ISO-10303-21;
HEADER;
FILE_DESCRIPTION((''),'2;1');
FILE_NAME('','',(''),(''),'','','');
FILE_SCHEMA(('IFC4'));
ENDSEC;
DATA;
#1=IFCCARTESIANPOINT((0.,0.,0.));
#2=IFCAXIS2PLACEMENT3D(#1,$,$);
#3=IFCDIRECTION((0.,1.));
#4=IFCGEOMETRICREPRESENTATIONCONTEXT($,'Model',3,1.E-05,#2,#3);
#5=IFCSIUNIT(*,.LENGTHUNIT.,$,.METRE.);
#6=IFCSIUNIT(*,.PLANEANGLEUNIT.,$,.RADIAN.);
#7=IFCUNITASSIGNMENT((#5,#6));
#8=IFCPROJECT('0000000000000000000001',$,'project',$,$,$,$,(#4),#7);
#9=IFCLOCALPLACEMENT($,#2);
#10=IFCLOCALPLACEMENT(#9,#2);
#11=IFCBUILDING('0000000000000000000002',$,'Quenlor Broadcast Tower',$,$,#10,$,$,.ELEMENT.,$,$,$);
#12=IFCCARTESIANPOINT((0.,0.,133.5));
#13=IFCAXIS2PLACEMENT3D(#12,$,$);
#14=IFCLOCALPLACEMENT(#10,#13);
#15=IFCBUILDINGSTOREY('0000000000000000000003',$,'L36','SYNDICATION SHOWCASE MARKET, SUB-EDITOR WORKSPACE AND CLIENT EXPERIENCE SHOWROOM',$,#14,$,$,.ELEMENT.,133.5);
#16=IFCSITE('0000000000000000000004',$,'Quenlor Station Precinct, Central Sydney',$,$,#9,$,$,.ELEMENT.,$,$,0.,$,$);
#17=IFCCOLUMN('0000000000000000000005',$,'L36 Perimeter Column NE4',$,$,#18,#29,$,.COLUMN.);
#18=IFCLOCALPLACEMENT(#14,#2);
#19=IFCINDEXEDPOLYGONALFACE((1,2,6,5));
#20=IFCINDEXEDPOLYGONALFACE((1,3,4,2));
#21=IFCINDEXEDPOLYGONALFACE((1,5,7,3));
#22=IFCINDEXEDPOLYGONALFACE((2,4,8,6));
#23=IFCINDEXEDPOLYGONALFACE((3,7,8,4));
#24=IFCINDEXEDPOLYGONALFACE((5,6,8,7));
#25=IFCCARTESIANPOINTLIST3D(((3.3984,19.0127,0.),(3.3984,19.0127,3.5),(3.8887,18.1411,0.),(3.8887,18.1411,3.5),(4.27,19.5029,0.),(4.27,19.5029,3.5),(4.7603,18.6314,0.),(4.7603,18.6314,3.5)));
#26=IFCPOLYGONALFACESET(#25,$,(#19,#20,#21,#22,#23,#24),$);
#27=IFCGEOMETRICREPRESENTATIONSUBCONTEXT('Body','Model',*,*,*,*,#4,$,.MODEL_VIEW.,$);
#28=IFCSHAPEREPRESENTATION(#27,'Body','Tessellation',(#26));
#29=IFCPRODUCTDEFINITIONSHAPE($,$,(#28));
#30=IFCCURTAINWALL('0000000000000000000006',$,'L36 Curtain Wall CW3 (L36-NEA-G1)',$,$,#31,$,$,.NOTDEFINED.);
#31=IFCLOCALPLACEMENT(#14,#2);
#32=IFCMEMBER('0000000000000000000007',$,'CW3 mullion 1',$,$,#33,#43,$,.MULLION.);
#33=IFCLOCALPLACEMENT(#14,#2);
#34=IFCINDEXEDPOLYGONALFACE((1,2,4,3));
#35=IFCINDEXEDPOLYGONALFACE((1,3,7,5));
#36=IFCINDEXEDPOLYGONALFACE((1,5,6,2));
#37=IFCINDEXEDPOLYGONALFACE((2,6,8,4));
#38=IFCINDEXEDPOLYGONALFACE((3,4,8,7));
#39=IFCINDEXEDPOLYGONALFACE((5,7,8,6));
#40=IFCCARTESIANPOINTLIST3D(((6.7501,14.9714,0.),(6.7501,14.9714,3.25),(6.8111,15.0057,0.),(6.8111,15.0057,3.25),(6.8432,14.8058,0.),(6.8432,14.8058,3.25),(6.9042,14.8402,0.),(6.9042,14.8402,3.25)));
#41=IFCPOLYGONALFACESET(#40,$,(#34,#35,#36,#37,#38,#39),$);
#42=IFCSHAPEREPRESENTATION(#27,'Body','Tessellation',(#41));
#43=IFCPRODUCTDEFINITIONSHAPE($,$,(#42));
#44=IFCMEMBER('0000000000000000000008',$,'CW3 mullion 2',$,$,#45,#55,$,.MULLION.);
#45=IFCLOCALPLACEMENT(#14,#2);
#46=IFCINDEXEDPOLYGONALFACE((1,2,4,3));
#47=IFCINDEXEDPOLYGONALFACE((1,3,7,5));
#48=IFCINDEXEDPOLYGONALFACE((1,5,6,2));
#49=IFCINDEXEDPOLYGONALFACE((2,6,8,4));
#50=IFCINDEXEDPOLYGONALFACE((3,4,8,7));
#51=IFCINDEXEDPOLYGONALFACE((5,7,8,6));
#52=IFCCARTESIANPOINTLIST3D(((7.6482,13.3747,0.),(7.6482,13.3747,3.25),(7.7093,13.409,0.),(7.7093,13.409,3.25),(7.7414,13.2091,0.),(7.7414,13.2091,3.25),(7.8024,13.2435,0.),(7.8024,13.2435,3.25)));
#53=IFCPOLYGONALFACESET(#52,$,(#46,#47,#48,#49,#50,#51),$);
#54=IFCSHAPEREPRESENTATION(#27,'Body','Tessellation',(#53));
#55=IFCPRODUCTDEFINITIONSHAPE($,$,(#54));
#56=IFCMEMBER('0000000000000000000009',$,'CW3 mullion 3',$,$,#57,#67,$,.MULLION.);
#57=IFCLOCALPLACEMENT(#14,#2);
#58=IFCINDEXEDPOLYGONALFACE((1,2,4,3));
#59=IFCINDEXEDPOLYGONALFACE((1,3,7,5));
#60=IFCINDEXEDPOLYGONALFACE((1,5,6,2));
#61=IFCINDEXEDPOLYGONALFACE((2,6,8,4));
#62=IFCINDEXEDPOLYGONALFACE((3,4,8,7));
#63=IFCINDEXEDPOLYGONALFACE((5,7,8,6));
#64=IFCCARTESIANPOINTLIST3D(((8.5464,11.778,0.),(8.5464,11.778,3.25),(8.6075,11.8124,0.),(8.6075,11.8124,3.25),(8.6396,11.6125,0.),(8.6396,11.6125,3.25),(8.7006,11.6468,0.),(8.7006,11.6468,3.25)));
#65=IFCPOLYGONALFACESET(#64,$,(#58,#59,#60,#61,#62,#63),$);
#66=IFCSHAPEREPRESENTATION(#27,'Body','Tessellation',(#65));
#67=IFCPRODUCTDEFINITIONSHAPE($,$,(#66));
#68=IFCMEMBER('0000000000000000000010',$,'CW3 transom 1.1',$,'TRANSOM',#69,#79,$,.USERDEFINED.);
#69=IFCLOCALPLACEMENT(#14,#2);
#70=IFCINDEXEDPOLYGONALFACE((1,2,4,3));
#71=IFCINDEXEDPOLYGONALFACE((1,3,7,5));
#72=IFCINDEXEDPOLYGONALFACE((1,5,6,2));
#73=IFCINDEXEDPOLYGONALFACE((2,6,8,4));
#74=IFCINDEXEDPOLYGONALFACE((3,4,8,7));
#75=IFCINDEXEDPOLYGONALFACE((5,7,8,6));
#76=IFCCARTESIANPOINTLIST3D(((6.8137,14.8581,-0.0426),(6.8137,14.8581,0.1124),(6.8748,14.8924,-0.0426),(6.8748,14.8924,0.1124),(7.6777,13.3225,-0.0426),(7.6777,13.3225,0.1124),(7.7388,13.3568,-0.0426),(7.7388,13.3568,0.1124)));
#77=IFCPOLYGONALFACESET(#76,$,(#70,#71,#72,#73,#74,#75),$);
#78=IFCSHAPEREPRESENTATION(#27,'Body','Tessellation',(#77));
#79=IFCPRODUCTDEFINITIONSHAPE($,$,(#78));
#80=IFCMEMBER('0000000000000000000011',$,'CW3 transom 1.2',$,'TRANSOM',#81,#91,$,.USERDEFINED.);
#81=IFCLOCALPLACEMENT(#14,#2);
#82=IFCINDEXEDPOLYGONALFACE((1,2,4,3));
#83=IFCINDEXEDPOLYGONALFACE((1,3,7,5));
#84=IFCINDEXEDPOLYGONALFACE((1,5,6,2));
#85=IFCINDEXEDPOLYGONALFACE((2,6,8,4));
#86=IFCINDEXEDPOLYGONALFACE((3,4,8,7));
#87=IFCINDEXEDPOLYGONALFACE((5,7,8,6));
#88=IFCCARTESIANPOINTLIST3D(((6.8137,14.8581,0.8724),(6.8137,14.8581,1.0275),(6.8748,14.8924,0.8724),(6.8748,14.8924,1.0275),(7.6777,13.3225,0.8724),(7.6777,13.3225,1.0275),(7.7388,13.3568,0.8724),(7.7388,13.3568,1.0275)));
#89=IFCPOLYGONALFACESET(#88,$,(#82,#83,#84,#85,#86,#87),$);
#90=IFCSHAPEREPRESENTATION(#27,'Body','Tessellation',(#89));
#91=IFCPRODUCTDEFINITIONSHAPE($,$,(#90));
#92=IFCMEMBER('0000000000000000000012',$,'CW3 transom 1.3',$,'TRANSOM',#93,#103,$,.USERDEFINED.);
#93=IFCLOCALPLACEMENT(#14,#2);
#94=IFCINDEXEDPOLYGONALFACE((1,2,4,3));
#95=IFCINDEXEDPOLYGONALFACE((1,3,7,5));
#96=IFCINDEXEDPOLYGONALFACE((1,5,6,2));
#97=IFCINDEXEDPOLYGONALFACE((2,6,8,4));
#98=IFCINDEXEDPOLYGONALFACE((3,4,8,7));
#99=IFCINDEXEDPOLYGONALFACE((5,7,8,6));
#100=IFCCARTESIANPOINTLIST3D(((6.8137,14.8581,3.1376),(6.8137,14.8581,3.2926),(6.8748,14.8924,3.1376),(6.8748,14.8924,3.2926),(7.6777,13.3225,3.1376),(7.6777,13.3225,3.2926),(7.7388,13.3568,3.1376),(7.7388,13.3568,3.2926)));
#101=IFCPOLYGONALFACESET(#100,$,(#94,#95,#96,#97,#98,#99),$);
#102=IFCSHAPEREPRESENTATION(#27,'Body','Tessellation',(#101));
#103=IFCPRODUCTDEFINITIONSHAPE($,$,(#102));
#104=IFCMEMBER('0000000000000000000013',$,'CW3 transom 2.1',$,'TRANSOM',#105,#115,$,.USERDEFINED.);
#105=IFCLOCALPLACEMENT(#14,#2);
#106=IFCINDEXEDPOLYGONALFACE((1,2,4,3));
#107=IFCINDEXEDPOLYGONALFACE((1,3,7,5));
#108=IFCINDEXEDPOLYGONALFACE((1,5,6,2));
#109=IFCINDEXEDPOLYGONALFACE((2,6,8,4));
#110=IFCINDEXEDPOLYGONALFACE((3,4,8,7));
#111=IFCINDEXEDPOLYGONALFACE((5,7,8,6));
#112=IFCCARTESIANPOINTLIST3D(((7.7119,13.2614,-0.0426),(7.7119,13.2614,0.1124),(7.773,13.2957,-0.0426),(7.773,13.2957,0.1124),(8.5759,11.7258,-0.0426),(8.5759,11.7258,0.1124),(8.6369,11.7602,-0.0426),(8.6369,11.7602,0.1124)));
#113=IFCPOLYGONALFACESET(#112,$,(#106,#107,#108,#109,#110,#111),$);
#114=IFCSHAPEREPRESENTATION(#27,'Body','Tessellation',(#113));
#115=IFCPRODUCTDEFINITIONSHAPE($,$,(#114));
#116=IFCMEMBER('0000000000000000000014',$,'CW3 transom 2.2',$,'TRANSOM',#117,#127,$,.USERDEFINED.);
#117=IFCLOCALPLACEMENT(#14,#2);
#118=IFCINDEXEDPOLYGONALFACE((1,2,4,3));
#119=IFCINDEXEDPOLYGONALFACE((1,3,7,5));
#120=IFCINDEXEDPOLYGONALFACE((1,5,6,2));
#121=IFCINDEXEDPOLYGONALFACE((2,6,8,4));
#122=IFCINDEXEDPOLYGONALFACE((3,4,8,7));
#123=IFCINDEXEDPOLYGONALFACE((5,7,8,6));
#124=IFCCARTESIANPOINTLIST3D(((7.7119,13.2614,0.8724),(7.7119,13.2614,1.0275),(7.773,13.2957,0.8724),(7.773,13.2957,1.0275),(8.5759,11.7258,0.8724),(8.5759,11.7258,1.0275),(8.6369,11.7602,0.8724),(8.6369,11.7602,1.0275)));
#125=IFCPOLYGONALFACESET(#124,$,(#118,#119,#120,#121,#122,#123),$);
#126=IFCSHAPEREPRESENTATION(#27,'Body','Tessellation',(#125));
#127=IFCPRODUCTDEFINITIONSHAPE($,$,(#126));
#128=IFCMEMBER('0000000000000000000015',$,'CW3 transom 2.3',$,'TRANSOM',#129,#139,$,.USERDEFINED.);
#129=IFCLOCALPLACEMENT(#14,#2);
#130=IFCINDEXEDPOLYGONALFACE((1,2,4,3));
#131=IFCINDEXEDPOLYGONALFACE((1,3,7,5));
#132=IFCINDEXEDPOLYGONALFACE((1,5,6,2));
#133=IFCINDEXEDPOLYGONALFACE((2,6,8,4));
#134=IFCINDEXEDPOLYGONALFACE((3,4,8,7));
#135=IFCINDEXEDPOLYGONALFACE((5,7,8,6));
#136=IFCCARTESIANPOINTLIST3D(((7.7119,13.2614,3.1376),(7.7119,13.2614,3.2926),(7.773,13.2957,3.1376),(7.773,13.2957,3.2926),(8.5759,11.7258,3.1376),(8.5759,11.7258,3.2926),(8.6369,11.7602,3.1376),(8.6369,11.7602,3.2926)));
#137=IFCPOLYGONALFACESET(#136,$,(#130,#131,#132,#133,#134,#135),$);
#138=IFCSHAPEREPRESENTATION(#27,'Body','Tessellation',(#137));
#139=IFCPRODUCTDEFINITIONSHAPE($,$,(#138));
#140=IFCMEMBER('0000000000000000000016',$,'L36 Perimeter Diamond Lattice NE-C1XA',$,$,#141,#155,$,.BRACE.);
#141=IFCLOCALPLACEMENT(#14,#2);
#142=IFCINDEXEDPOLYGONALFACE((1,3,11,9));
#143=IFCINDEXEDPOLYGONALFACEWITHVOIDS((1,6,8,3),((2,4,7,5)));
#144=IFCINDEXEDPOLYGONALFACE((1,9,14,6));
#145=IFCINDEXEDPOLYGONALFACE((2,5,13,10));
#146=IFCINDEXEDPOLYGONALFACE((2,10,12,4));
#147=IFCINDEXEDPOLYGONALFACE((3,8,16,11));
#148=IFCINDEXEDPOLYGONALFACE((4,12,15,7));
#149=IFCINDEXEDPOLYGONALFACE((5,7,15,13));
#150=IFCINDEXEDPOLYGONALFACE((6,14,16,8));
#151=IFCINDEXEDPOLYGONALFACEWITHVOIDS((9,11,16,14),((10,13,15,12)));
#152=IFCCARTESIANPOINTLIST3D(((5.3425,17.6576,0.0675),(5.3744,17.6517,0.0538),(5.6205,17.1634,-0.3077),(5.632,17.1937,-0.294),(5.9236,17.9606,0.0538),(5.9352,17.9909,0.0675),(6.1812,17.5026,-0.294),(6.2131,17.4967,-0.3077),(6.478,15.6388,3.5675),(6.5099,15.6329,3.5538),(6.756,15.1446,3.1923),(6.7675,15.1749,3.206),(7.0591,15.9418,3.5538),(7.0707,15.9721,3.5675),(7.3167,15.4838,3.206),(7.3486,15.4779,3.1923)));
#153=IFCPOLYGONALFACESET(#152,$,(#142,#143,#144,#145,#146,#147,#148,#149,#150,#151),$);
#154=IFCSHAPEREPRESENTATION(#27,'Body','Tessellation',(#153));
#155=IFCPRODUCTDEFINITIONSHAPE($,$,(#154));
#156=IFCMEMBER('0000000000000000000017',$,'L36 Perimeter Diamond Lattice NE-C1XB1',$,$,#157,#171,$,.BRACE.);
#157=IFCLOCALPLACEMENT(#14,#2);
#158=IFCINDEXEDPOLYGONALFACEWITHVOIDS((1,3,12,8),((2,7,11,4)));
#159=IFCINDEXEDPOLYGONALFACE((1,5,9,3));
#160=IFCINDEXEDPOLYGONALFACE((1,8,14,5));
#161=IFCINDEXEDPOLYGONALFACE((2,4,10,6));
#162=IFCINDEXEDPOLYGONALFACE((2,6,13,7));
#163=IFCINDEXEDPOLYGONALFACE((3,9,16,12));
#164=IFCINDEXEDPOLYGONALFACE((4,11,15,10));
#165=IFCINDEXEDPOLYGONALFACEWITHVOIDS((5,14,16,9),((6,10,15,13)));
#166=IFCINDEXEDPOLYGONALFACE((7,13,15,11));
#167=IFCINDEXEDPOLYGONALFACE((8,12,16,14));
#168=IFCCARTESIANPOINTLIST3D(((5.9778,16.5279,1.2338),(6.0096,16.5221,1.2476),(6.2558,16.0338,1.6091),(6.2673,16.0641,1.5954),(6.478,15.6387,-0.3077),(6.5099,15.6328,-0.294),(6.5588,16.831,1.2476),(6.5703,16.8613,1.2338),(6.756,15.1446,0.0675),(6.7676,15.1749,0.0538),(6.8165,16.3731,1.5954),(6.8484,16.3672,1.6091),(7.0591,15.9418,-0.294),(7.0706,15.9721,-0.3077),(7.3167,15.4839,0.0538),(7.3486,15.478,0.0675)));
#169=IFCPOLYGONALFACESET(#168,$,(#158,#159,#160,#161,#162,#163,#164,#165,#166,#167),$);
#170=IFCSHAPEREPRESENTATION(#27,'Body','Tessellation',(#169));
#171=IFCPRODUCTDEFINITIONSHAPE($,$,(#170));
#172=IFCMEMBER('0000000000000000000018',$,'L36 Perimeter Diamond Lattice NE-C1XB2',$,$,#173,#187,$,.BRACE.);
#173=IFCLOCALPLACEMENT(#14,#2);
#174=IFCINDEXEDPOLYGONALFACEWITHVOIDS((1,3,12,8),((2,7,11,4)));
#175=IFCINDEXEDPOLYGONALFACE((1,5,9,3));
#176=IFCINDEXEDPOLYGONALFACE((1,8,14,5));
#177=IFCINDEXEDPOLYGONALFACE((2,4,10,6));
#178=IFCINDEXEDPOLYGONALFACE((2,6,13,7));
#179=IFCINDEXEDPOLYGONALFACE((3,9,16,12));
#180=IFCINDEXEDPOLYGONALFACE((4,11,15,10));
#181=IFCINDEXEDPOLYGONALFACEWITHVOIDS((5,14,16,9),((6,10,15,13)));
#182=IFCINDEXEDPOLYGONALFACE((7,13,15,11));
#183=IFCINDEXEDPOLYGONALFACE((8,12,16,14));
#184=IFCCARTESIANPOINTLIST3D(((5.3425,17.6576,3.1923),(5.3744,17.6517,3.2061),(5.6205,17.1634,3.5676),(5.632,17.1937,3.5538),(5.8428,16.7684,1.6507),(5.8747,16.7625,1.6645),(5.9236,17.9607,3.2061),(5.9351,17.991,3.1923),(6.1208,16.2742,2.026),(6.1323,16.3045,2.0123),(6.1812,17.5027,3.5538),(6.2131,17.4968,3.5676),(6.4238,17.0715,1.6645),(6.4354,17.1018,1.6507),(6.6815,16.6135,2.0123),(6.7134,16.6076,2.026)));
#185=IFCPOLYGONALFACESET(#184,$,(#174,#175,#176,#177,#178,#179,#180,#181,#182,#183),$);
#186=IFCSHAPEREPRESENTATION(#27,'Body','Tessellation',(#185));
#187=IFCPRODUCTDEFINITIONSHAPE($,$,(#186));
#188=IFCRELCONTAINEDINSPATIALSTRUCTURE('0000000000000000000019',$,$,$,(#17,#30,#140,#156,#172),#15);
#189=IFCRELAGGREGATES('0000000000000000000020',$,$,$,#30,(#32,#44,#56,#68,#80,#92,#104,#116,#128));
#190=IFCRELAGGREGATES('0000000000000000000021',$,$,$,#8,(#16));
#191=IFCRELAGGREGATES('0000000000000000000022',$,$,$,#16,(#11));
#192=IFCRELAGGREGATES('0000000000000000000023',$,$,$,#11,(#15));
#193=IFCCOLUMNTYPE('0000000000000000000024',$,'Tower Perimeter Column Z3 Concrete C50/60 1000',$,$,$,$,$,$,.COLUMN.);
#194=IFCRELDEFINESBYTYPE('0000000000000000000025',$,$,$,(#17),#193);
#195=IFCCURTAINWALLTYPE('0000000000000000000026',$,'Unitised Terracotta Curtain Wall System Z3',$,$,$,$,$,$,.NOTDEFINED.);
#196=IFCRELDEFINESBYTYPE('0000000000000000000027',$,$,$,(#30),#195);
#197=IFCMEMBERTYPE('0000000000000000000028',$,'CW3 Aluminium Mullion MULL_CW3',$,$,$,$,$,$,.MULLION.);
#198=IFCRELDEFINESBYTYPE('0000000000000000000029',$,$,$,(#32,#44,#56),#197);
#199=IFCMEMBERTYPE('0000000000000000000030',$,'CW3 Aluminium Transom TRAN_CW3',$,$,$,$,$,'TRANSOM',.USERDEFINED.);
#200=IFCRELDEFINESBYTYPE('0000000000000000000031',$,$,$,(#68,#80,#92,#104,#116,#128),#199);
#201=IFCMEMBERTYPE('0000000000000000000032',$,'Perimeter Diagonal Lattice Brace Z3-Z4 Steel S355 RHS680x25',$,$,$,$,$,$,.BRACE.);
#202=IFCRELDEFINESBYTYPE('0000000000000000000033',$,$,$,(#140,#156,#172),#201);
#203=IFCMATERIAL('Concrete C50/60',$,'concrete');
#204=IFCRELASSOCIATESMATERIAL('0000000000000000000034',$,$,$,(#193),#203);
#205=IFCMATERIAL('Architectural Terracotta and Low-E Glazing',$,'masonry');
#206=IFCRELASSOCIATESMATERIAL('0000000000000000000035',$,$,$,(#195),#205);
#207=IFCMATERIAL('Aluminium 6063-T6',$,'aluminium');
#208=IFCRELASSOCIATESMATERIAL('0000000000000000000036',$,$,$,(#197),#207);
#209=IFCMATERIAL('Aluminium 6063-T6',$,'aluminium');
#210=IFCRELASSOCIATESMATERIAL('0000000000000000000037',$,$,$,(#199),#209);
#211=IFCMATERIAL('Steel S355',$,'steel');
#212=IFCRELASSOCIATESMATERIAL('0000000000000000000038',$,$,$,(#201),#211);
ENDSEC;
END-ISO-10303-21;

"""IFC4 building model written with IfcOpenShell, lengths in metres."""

from ifc_helpers import new_model, si_unit, direction, frame, origin, origin_2d, place, context, subcontext, project, spatial, rectangle, hollow_rectangle, extrude, material, material_profile, profile_set, type_object, element, aggregate, save


model = new_model("IFC4")

# Units and contexts
model_context = context("Model", 3, precision=1e-05, world=origin(), true_north=direction((0.0, 1.0)))
body_context = subcontext(model_context, "Body", "Model", "MODEL_VIEW")
ifc_project = project(units=[si_unit("LENGTHUNIT", "METRE"), si_unit("PLANEANGLEUNIT", "RADIAN")], contexts=[model_context])

# Site, building, storey
site_placement = place(None, origin())
site = spatial("IfcSite", under=ifc_project, at=site_placement, Name="Quenlor Station Precinct, Central Sydney", CompositionType="ELEMENT", RefElevation=0.0)
building_placement = place(site_placement, origin())
building = spatial("IfcBuilding", under=site, at=building_placement, Name="Quenlor Broadcast Tower", CompositionType="ELEMENT")
storey_placement = place(building_placement, frame((0.0, 0.0, 133.5)))
storey = spatial("IfcBuildingStorey", under=building, at=storey_placement, Name="L36", Description="SYNDICATION SHOWCASE MARKET, SUB-EDITOR WORKSPACE AND CLIENT EXPERIENCE SHOWROOM", CompositionType="ELEMENT", Elevation=133.5)

# Column
ifc_material_1 = material(Name="Concrete C50/60", Category="concrete")
ifc_material_profile_1 = material_profile(ifc_material_1, rectangle(XDim=1.0, YDim=1.0, at=origin_2d()))
ifc_profile_set_1 = profile_set([ifc_material_profile_1], Name="Concrete C50/60 RC1000x1000")
column_type = type_object("IfcColumnType", Name="Tower Perimeter Column Z3 Concrete C50/60 1000", PredefinedType="COLUMN", material=ifc_profile_set_1)
column_placement = place(storey_placement, frame((4.0793, 18.822, 0.0), z_axis=(0.0, 0.0, 1.0), x_axis=(0.871575, 0.490262, 0.0)))
element("IfcColumn", 1, at=column_placement, inside=storey, type_object=column_type, Name="L36 Perimeter Column NE4", PredefinedType="COLUMN", context=body_context, shape_type="SweptSolid", body=[
    extrude(rectangle(XDim=1.0, YDim=1.0, at=origin_2d()), origin(), (0.0, 0.0, 1.0), 3.5),
])

# Curtain wall, members
ifc_material_2 = material(Name="Architectural Terracotta and Low-E Glazing", Category="masonry")
curtain_wall_type = type_object("IfcCurtainWallType", Name="Unitised Terracotta Curtain Wall System Z3", PredefinedType="NOTDEFINED", material=ifc_material_2)
curtain_wall_placement = place(storey_placement, origin())
curtain_wall = element("IfcCurtainWall", 2, at=curtain_wall_placement, inside=storey, type_object=curtain_wall_type, Name="L36 Curtain Wall CW3 (L36-NEA-G1)", PredefinedType="NOTDEFINED")
ifc_material_3 = material(Name="Aluminium 6063-T6", Category="aluminium")
ifc_material_profile_2 = material_profile(ifc_material_3, rectangle(XDim=0.0701, YDim=0.1899, at=origin_2d()))
ifc_profile_set_2 = profile_set([ifc_material_profile_2], Name="Aluminium 6063-T6 MULL70x190")
member_type_1 = type_object("IfcMemberType", Name="CW3 Aluminium Mullion MULL_CW3", PredefinedType="MULLION", material=ifc_profile_set_2)
member_1_placement = place(storey_placement, frame((6.8271, 14.9058, 0.0), z_axis=(0.0, 0.0, 1.0), x_axis=(0.871571, 0.49027, 0.0)))
member_1 = element("IfcMember", 3, at=member_1_placement, type_object=member_type_1, Name="CW3 mullion 1", PredefinedType="MULLION", context=body_context, shape_type="SweptSolid", body=[
    extrude(rectangle(XDim=0.0701, YDim=0.1899, at=origin_2d()), origin(), (0.0, 0.0, 1.0), 3.25),
])
member_2_placement = place(storey_placement, frame((7.7253, 13.3091, 0.0), z_axis=(0.0, 0.0, 1.0), x_axis=(0.871571, 0.49027, 0.0)))
member_2 = element("IfcMember", 4, at=member_2_placement, type_object=member_type_1, Name="CW3 mullion 2", PredefinedType="MULLION", context=body_context, shape_type="SweptSolid", body=[
    extrude(rectangle(XDim=0.0701, YDim=0.1899, at=origin_2d()), origin(), (0.0, 0.0, 1.0), 3.25),
])
member_3_placement = place(storey_placement, frame((8.6235, 11.7124, 0.0), z_axis=(0.0, 0.0, 1.0), x_axis=(0.871571, 0.49027, 0.0)))
member_3 = element("IfcMember", 5, at=member_3_placement, type_object=member_type_1, Name="CW3 mullion 3", PredefinedType="MULLION", context=body_context, shape_type="SweptSolid", body=[
    extrude(rectangle(XDim=0.0701, YDim=0.1899, at=origin_2d()), origin(), (0.0, 0.0, 1.0), 3.25),
])
ifc_material_4 = material(Name="Aluminium 6063-T6", Category="aluminium")
ifc_material_profile_3 = material_profile(ifc_material_4, rectangle(XDim=0.0701, YDim=0.155, at=origin_2d()))
ifc_profile_set_3 = profile_set([ifc_material_profile_3], Name="Aluminium 6063-T6 TRAN70x155")
member_type_2 = type_object("IfcMemberType", Name="CW3 Aluminium Transom TRAN_CW3", ElementType="TRANSOM", PredefinedType="USERDEFINED", material=ifc_profile_set_3)
member_4_placement = place(storey_placement, frame((6.8442, 14.8752, 0.0349), z_axis=(0.490353, -0.871524, 0.0), x_axis=(0.871524, 0.490353, 0.0)))
member_4 = element("IfcMember", 6, at=member_4_placement, type_object=member_type_2, Name="CW3 transom 1.1", ObjectType="TRANSOM", PredefinedType="USERDEFINED", context=body_context, shape_type="SweptSolid", body=[
    extrude(rectangle(XDim=0.0701, YDim=0.155, at=origin_2d()), origin(), (0.0, 0.0, 1.0), 1.762),
])
member_5_placement = place(storey_placement, frame((6.8442, 14.8752, 0.95), z_axis=(0.490353, -0.871524, 0.0), x_axis=(0.871524, 0.490353, 0.0)))
member_5 = element("IfcMember", 7, at=member_5_placement, type_object=member_type_2, Name="CW3 transom 1.2", ObjectType="TRANSOM", PredefinedType="USERDEFINED", context=body_context, shape_type="SweptSolid", body=[
    extrude(rectangle(XDim=0.0701, YDim=0.155, at=origin_2d()), origin(), (0.0, 0.0, 1.0), 1.762),
])
member_6_placement = place(storey_placement, frame((6.8442, 14.8752, 3.2151), z_axis=(0.490353, -0.871524, 0.0), x_axis=(0.871524, 0.490353, 0.0)))
member_6 = element("IfcMember", 8, at=member_6_placement, type_object=member_type_2, Name="CW3 transom 1.3", ObjectType="TRANSOM", PredefinedType="USERDEFINED", context=body_context, shape_type="SweptSolid", body=[
    extrude(rectangle(XDim=0.0701, YDim=0.155, at=origin_2d()), origin(), (0.0, 0.0, 1.0), 1.762),
])
member_7_placement = place(storey_placement, frame((7.7424, 13.2786, 0.0349), z_axis=(0.490353, -0.871524, 0.0), x_axis=(0.871524, 0.490353, 0.0)))
member_7 = element("IfcMember", 9, at=member_7_placement, type_object=member_type_2, Name="CW3 transom 2.1", ObjectType="TRANSOM", PredefinedType="USERDEFINED", context=body_context, shape_type="SweptSolid", body=[
    extrude(rectangle(XDim=0.0701, YDim=0.155, at=origin_2d()), origin(), (0.0, 0.0, 1.0), 1.762),
])
member_8_placement = place(storey_placement, frame((7.7424, 13.2786, 0.95), z_axis=(0.490353, -0.871524, 0.0), x_axis=(0.871524, 0.490353, 0.0)))
member_8 = element("IfcMember", 10, at=member_8_placement, type_object=member_type_2, Name="CW3 transom 2.2", ObjectType="TRANSOM", PredefinedType="USERDEFINED", context=body_context, shape_type="SweptSolid", body=[
    extrude(rectangle(XDim=0.0701, YDim=0.155, at=origin_2d()), origin(), (0.0, 0.0, 1.0), 1.762),
])
member_9_placement = place(storey_placement, frame((7.7424, 13.2786, 3.2151), z_axis=(0.490353, -0.871524, 0.0), x_axis=(0.871524, 0.490353, 0.0)))
member_9 = element("IfcMember", 11, at=member_9_placement, type_object=member_type_2, Name="CW3 transom 2.3", ObjectType="TRANSOM", PredefinedType="USERDEFINED", context=body_context, shape_type="SweptSolid", body=[
    extrude(rectangle(XDim=0.0701, YDim=0.155, at=origin_2d()), origin(), (0.0, 0.0, 1.0), 1.762),
])

# Members
ifc_material_5 = material(Name="Steel S355", Category="steel")
ifc_material_profile_4 = material_profile(ifc_material_5, hollow_rectangle(XDim=0.6799, YDim=0.6799, WallThickness=0.0249, at=origin_2d()))
ifc_profile_set_4 = profile_set([ifc_material_profile_4], Name="Steel S355 RHS680x680x25")
member_type_3 = type_object("IfcMemberType", Name="Perimeter Diagonal Lattice Brace Z3-Z4 Steel S355 RHS680x25", PredefinedType="BRACE", material=ifc_profile_set_4)
member_10_placement = place(storey_placement, frame((5.7778, 17.5771, -0.1201), z_axis=(0.270549, -0.481009, 0.833927), x_axis=(0.87159, 0.490236, 0.0)))
element("IfcMember", 12, at=member_10_placement, inside=storey, type_object=member_type_3, Name="L36 Perimeter Diamond Lattice NE-C1XA", PredefinedType="BRACE", context=body_context, shape_type="SweptSolid", body=[
    extrude(hollow_rectangle(XDim=0.6799, YDim=0.6799, WallThickness=0.0249, at=origin_2d()), origin(), (0.0, 0.0, 1.0), 4.197),
])
for number, where, z_axis, x_axis, name in (
    (13, (6.9133, 15.5583, -0.1201), (-0.270616, 0.481008, 0.833905), (-0.871537, -0.490329, 0.0), "L36 Perimeter Diamond Lattice NE-C1XB1"),
    (14, (6.2781, 16.688, 1.8384), (-0.270616, 0.481008, 0.833905), (-0.871537, -0.490329, 0.0), "L36 Perimeter Diamond Lattice NE-C1XB2"),
):
    element("IfcMember", number, at=place(storey_placement, frame(where, z_axis=z_axis, x_axis=x_axis)), inside=storey, type_object=member_type_3, Name=name, PredefinedType="BRACE", context=body_context, shape_type="SweptSolid", body=[
        extrude(hollow_rectangle(XDim=0.6799, YDim=0.6799, WallThickness=0.0249, at=origin_2d()), origin(), (0.0, 0.0, 1.0), 1.8486),
    ])

aggregate(curtain_wall, [member_1, member_2, member_3, member_4, member_5, member_6, member_7, member_8, member_9])

save(model, "model.ifc")
